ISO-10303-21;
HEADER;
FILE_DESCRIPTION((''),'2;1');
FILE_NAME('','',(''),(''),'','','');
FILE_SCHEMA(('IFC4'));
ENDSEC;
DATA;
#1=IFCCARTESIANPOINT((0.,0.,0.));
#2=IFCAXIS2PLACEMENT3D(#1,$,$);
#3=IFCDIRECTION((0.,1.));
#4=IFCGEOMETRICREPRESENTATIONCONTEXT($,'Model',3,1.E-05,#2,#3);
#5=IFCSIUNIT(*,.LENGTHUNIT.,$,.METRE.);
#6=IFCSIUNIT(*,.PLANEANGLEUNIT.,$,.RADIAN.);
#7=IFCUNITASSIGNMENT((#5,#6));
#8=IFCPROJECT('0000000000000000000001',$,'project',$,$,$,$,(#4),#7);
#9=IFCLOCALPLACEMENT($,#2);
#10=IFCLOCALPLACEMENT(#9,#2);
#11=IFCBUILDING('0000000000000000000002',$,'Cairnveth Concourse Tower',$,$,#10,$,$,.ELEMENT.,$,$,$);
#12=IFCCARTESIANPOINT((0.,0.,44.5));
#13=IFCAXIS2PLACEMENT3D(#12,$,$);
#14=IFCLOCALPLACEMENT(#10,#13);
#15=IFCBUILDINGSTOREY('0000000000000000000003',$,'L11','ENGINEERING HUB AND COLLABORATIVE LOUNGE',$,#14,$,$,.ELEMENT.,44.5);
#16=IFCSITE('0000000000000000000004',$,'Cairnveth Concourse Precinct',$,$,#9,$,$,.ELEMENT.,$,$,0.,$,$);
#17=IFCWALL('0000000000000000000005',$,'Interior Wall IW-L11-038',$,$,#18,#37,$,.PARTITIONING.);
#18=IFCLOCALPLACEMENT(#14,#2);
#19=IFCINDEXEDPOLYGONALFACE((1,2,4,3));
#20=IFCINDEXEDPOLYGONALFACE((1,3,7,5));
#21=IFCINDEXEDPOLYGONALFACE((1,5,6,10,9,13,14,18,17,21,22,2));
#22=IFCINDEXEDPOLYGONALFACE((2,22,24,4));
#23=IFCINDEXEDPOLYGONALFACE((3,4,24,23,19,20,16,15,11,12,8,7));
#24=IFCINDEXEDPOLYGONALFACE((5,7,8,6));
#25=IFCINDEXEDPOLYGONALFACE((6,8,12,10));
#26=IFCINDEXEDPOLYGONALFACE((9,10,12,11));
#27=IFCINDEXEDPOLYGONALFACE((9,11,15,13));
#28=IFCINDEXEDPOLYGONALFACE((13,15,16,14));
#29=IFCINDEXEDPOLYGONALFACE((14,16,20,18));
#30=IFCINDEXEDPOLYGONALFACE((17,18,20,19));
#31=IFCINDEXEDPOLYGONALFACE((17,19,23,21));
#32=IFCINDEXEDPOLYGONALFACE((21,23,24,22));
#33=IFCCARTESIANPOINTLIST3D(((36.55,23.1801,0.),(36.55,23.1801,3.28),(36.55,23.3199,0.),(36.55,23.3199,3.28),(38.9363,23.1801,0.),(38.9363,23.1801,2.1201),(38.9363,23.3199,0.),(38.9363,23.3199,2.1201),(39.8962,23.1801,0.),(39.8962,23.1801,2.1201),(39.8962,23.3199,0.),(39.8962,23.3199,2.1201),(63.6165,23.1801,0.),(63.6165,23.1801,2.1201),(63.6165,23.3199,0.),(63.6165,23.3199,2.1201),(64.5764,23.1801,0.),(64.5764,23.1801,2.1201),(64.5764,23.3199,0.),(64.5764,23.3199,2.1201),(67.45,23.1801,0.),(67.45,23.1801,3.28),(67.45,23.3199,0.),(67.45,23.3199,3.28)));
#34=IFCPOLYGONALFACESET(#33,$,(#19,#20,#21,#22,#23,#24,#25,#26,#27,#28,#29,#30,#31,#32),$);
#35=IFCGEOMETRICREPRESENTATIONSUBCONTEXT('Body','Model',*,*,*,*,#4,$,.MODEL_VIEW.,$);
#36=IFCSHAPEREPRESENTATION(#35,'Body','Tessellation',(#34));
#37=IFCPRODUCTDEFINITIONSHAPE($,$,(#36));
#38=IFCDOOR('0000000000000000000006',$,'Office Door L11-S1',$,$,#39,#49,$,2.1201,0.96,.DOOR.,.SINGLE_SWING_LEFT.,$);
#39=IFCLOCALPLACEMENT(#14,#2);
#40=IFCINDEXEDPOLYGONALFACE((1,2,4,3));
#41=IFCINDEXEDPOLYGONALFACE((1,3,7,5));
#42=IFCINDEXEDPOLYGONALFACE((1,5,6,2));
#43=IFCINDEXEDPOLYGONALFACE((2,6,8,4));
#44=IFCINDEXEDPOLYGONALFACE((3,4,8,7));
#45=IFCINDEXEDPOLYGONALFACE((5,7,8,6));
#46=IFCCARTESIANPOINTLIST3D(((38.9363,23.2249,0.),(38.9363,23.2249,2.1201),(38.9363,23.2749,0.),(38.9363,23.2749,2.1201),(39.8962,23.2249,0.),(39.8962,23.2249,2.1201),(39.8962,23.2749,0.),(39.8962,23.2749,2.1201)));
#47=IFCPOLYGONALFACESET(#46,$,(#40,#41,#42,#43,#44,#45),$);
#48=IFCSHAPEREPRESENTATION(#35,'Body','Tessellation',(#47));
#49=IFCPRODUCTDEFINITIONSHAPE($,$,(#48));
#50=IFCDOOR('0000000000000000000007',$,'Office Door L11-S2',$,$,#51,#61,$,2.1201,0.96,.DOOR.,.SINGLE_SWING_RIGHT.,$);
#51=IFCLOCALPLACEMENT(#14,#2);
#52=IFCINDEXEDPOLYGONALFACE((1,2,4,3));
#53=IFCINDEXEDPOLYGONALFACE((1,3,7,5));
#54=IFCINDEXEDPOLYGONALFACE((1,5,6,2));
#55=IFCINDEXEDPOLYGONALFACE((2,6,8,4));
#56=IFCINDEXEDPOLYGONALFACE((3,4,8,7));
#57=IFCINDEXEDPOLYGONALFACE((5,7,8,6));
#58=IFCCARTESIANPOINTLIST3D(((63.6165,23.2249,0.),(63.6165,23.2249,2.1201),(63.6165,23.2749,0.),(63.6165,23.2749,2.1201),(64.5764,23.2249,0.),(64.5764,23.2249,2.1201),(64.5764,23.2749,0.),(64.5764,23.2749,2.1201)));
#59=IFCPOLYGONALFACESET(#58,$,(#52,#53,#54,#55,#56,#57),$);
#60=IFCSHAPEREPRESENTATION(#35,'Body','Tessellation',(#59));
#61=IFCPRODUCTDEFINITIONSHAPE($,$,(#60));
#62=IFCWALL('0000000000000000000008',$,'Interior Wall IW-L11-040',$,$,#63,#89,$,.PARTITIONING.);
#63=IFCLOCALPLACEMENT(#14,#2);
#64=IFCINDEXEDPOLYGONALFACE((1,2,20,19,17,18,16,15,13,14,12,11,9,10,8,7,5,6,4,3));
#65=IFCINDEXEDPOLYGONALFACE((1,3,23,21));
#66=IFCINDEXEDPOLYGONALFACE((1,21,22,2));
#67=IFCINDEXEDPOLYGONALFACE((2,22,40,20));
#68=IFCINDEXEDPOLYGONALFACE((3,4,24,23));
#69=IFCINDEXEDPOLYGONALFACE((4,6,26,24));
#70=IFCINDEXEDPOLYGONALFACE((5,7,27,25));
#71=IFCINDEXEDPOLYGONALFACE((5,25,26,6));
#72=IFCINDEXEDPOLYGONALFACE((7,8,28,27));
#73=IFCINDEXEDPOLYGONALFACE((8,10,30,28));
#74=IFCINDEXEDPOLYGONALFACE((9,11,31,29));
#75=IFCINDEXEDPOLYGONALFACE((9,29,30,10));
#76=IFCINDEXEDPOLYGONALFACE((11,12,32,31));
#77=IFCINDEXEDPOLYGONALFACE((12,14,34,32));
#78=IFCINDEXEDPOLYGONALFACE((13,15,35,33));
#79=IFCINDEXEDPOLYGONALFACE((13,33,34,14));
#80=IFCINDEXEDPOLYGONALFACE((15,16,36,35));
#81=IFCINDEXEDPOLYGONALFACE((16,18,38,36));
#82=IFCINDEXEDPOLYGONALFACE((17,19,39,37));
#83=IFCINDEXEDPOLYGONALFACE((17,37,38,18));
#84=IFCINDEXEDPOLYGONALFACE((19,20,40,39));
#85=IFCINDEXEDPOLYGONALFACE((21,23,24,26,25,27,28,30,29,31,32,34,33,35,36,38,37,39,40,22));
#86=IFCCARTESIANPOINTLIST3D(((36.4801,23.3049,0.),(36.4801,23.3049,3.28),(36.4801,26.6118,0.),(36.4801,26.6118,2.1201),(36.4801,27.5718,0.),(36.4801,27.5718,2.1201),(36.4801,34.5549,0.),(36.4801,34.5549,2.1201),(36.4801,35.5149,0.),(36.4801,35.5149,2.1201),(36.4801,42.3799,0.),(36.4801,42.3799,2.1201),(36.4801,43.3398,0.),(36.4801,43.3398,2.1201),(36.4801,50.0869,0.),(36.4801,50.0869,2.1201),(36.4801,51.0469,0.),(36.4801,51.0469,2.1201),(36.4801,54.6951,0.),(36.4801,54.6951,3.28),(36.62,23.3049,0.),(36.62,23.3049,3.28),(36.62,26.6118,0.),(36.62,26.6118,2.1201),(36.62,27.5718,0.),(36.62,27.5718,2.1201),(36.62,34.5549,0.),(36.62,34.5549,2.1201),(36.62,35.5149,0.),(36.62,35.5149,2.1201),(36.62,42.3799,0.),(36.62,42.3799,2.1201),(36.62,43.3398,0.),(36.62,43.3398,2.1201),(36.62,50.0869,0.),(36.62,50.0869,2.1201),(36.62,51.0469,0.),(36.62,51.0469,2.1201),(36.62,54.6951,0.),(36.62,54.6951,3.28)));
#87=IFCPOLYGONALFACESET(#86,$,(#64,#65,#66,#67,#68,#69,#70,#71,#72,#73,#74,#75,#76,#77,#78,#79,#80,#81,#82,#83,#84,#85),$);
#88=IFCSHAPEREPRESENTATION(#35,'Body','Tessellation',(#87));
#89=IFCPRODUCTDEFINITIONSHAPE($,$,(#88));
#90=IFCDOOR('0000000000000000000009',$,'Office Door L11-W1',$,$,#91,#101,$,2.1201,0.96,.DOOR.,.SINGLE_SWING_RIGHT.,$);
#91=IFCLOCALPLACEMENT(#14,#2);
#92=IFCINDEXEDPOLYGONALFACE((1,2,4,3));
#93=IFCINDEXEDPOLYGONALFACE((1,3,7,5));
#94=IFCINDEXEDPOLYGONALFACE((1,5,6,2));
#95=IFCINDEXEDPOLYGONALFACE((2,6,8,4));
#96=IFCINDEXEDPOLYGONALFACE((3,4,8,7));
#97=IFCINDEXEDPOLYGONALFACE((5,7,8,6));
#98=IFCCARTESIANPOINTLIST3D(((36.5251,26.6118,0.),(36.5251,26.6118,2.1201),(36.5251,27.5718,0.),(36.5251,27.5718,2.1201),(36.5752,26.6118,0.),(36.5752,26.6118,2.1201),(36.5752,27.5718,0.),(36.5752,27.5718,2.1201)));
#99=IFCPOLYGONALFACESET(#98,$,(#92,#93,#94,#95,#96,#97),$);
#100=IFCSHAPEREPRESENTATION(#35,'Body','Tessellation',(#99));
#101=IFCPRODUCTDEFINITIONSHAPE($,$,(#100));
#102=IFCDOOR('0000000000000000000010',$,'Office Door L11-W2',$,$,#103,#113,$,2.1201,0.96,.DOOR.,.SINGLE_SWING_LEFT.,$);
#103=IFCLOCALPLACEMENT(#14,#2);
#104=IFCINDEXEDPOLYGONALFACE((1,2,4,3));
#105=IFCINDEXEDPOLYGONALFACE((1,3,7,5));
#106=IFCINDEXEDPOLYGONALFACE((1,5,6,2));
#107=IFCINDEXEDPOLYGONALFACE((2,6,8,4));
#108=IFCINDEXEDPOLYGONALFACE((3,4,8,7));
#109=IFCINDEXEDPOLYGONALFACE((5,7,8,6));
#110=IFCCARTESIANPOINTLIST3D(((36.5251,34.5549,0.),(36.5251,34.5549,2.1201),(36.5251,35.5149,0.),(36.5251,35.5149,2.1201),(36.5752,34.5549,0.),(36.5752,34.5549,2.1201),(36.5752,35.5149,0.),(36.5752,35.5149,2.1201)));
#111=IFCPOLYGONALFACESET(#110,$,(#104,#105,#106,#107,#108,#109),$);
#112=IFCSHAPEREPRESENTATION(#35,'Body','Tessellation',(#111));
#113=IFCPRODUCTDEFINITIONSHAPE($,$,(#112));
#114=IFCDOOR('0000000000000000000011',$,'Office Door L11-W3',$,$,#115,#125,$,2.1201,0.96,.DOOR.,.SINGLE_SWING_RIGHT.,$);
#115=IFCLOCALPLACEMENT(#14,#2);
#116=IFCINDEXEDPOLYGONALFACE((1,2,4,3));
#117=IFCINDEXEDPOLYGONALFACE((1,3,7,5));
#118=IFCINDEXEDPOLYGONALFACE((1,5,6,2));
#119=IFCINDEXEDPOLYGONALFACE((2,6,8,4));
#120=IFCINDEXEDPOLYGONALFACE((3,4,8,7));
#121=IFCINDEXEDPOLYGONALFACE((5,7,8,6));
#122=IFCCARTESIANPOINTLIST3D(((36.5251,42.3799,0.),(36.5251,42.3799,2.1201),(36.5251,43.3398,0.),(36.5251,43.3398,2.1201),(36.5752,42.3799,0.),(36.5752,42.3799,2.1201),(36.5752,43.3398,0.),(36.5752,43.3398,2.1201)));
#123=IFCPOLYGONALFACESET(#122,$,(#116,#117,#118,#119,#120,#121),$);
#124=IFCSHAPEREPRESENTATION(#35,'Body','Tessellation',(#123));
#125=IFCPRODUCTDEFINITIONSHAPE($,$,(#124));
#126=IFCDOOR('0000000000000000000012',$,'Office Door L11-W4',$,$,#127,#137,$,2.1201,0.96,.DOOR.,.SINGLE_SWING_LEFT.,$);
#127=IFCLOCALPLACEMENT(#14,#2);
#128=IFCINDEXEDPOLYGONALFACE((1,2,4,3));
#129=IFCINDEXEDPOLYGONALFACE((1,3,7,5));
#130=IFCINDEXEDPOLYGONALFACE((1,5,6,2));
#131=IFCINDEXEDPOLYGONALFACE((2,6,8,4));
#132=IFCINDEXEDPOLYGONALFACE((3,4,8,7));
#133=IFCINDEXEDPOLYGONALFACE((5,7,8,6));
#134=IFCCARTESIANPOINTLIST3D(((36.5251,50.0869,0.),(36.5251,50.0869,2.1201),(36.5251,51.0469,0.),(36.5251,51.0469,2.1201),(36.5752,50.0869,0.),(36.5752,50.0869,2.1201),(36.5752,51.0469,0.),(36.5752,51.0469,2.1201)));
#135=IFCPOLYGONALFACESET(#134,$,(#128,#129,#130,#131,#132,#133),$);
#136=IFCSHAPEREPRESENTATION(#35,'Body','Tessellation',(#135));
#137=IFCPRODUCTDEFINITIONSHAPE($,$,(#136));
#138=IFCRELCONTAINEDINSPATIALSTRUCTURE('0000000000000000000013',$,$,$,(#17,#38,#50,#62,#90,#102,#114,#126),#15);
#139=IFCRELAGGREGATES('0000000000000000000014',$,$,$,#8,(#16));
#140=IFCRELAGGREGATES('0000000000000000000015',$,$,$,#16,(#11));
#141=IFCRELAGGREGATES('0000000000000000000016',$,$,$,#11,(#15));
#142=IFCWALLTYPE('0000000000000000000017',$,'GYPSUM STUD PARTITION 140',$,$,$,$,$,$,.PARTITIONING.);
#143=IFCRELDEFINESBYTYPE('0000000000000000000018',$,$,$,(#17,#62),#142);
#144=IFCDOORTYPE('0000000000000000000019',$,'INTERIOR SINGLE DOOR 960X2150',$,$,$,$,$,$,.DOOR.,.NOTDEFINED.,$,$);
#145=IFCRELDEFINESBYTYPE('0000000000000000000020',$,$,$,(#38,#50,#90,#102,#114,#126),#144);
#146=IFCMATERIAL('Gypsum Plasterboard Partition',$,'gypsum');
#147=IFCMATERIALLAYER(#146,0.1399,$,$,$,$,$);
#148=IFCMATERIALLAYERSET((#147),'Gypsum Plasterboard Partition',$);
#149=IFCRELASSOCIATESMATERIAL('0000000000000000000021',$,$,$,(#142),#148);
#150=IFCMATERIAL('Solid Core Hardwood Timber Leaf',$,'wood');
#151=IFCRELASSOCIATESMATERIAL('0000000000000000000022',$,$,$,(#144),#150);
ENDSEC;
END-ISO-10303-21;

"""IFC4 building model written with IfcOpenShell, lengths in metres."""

from ifc_helpers import new_model, si_unit, direction, frame, frame_2d, origin, place, context, subcontext, project, spatial, rectangle, extrude, material, layer, layer_set, type_object, element, fill, save


model = new_model("IFC4")

# Units and contexts
model_context = context("Model", 3, precision=1e-05, world=origin(), true_north=direction((0.0, 1.0)))
body_context = subcontext(model_context, "Body", "Model", "MODEL_VIEW")
ifc_project = project(units=[si_unit("LENGTHUNIT", "METRE"), si_unit("PLANEANGLEUNIT", "RADIAN")], contexts=[model_context])

# Site, building, storey
site_placement = place(None, origin())
site = spatial("IfcSite", under=ifc_project, at=site_placement, Name="Cairnveth Concourse Precinct", CompositionType="ELEMENT", RefElevation=0.0)
building_placement = place(site_placement, origin())
building = spatial("IfcBuilding", under=site, at=building_placement, Name="Cairnveth Concourse Tower", CompositionType="ELEMENT")
storey_placement = place(building_placement, frame((0.0, 0.0, 44.5)))
storey = spatial("IfcBuildingStorey", under=building, at=storey_placement, Name="L11", Description="ENGINEERING HUB AND COLLABORATIVE LOUNGE", CompositionType="ELEMENT", Elevation=44.5)

# Walls, openings, doors
ifc_material_1 = material(Name="Gypsum Plasterboard Partition", Category="gypsum")
ifc_layer_1 = layer(ifc_material_1, 0.1399)
ifc_layer_set_1 = layer_set([ifc_layer_1], Name="Gypsum Plasterboard Partition")
wall_type_1 = type_object("IfcWallType", Name="GYPSUM STUD PARTITION 140", PredefinedType="PARTITIONING", material=ifc_layer_set_1)
wall_1_placement = place(storey_placement, frame((36.55, 23.25, 0.0), z_axis=(0.0, 0.0, 1.0), x_axis=(1.0, 0.0, 0.0)))
wall_1 = element("IfcWall", 1, at=wall_1_placement, inside=storey, type_object=wall_type_1, Name="Interior Wall IW-L11-038", PredefinedType="PARTITIONING", context=body_context, shape_type="SweptSolid", body=[
    extrude(rectangle(XDim=30.8999, YDim=0.1399, at=frame_2d((15.45, 0.0))), origin(), (0.0, 0.0, 1.0), 3.28),
])
opening_1_placement = place(wall_1_placement, frame((2.3862, 0.0, 0.0)))
opening_1 = element("IfcOpeningElement", 2, at=opening_1_placement, cuts=wall_1, PredefinedType="OPENING", context=body_context, shape_type="SweptSolid", body=[
    extrude(rectangle(XDim=0.96, YDim=2.1201, at=frame_2d((0.48, 1.0601))), frame((0.0, 0.0798, 0.0), z_axis=(0.0, -1.0, 0.0), x_axis=(1.0, 0.0, 0.0)), (0.0, 0.0, 1.0), 0.1599),
])
opening_2_placement = place(wall_1_placement, frame((27.0664, 0.0, 0.0)))
opening_2 = element("IfcOpeningElement", 3, at=opening_2_placement, cuts=wall_1, PredefinedType="OPENING", context=body_context, shape_type="SweptSolid", body=[
    extrude(rectangle(XDim=0.96, YDim=2.1201, at=frame_2d((0.48, 1.0601))), frame((0.0, 0.0798, 0.0), z_axis=(0.0, -1.0, 0.0), x_axis=(1.0, 0.0, 0.0)), (0.0, 0.0, 1.0), 0.1599),
])
ifc_material_2 = material(Name="Solid Core Hardwood Timber Leaf", Category="wood")
door_type_1 = type_object("IfcDoorType", Name="INTERIOR SINGLE DOOR 960X2150", OperationType="NOTDEFINED", PredefinedType="DOOR", material=ifc_material_2)
door_1_placement = place(opening_1_placement, origin())
door_1 = element("IfcDoor", 4, at=door_1_placement, inside=storey, type_object=door_type_1, Name="Office Door L11-S1", OperationType="SINGLE_SWING_LEFT", OverallHeight=2.1201, OverallWidth=0.96, PredefinedType="DOOR", context=body_context, shape_type="SweptSolid", body=[
    extrude(rectangle(XDim=0.96, YDim=2.1201, at=frame_2d((0.48, 1.0601))), frame((0.0, 0.0249, 0.0), z_axis=(0.0, -1.0, 0.0), x_axis=(1.0, 0.0, 0.0)), (0.0, 0.0, 1.0), 0.05),
])
fill(opening_1, door_1)
door_2_placement = place(opening_2_placement, origin())
door_2 = element("IfcDoor", 5, at=door_2_placement, inside=storey, type_object=door_type_1, Name="Office Door L11-S2", OperationType="SINGLE_SWING_RIGHT", OverallHeight=2.1201, OverallWidth=0.96, PredefinedType="DOOR", context=body_context, shape_type="SweptSolid", body=[
    extrude(rectangle(XDim=0.96, YDim=2.1201, at=frame_2d((0.48, 1.0601))), frame((0.0, 0.0249, 0.0), z_axis=(0.0, -1.0, 0.0), x_axis=(1.0, 0.0, 0.0)), (0.0, 0.0, 1.0), 0.05),
])
fill(opening_2, door_2)
wall_2_placement = place(storey_placement, frame((36.55, 23.3049, 0.0), z_axis=(0.0, 0.0, 1.0), x_axis=(0.0, 1.0, 0.0)))
wall_2 = element("IfcWall", 6, at=wall_2_placement, inside=storey, type_object=wall_type_1, Name="Interior Wall IW-L11-040", PredefinedType="PARTITIONING", context=body_context, shape_type="SweptSolid", body=[
    extrude(rectangle(XDim=31.3901, YDim=0.1399, at=frame_2d((15.6951, 0.0))), origin(), (0.0, 0.0, 1.0), 3.28),
])
opening_3_placement = place(wall_2_placement, frame((3.3069, 0.0, 0.0)))
opening_3 = element("IfcOpeningElement", 7, at=opening_3_placement, cuts=wall_2, PredefinedType="OPENING", context=body_context, shape_type="SweptSolid", body=[
    extrude(rectangle(XDim=0.96, YDim=2.1201, at=frame_2d((0.48, 1.0601))), frame((0.0, 0.0798, 0.0), z_axis=(0.0, -1.0, 0.0), x_axis=(1.0, 0.0, 0.0)), (0.0, 0.0, 1.0), 0.1599),
])
opening_4_placement = place(wall_2_placement, frame((11.25, 0.0, 0.0)))
opening_4 = element("IfcOpeningElement", 8, at=opening_4_placement, cuts=wall_2, PredefinedType="OPENING", context=body_context, shape_type="SweptSolid", body=[
    extrude(rectangle(XDim=0.96, YDim=2.1201, at=frame_2d((0.48, 1.0601))), frame((0.0, 0.0798, 0.0), z_axis=(0.0, -1.0, 0.0), x_axis=(1.0, 0.0, 0.0)), (0.0, 0.0, 1.0), 0.1599),
])
opening_5_placement = place(wall_2_placement, frame((19.075, 0.0, 0.0)))
opening_5 = element("IfcOpeningElement", 9, at=opening_5_placement, cuts=wall_2, PredefinedType="OPENING", context=body_context, shape_type="SweptSolid", body=[
    extrude(rectangle(XDim=0.96, YDim=2.1201, at=frame_2d((0.48, 1.0601))), frame((0.0, 0.0798, 0.0), z_axis=(0.0, -1.0, 0.0), x_axis=(1.0, 0.0, 0.0)), (0.0, 0.0, 1.0), 0.1599),
])
opening_6_placement = place(wall_2_placement, frame((26.782, 0.0, 0.0)))
opening_6 = element("IfcOpeningElement", 10, at=opening_6_placement, cuts=wall_2, PredefinedType="OPENING", context=body_context, shape_type="SweptSolid", body=[
    extrude(rectangle(XDim=0.96, YDim=2.1201, at=frame_2d((0.48, 1.0601))), frame((0.0, 0.0798, 0.0), z_axis=(0.0, -1.0, 0.0), x_axis=(1.0, 0.0, 0.0)), (0.0, 0.0, 1.0), 0.1599),
])
door_3_placement = place(opening_3_placement, origin())
door_3 = element("IfcDoor", 11, at=door_3_placement, inside=storey, type_object=door_type_1, Name="Office Door L11-W1", OperationType="SINGLE_SWING_RIGHT", OverallHeight=2.1201, OverallWidth=0.96, PredefinedType="DOOR", context=body_context, shape_type="SweptSolid", body=[
    extrude(rectangle(XDim=0.96, YDim=2.1201, at=frame_2d((0.48, 1.0601))), frame((0.0, 0.0249, 0.0), z_axis=(0.0, -1.0, 0.0), x_axis=(1.0, 0.0, 0.0)), (0.0, 0.0, 1.0), 0.05),
])
fill(opening_3, door_3)
door_4_placement = place(opening_4_placement, origin())
door_4 = element("IfcDoor", 12, at=door_4_placement, inside=storey, type_object=door_type_1, Name="Office Door L11-W2", OperationType="SINGLE_SWING_LEFT", OverallHeight=2.1201, OverallWidth=0.96, PredefinedType="DOOR", context=body_context, shape_type="SweptSolid", body=[
    extrude(rectangle(XDim=0.96, YDim=2.1201, at=frame_2d((0.48, 1.0601))), frame((0.0, 0.0249, 0.0), z_axis=(0.0, -1.0, 0.0), x_axis=(1.0, 0.0, 0.0)), (0.0, 0.0, 1.0), 0.05),
])
fill(opening_4, door_4)
door_5_placement = place(opening_5_placement, origin())
door_5 = element("IfcDoor", 13, at=door_5_placement, inside=storey, type_object=door_type_1, Name="Office Door L11-W3", OperationType="SINGLE_SWING_RIGHT", OverallHeight=2.1201, OverallWidth=0.96, PredefinedType="DOOR", context=body_context, shape_type="SweptSolid", body=[
    extrude(rectangle(XDim=0.96, YDim=2.1201, at=frame_2d((0.48, 1.0601))), frame((0.0, 0.0249, 0.0), z_axis=(0.0, -1.0, 0.0), x_axis=(1.0, 0.0, 0.0)), (0.0, 0.0, 1.0), 0.05),
])
fill(opening_5, door_5)
door_6_placement = place(opening_6_placement, origin())
door_6 = element("IfcDoor", 14, at=door_6_placement, inside=storey, type_object=door_type_1, Name="Office Door L11-W4", OperationType="SINGLE_SWING_LEFT", OverallHeight=2.1201, OverallWidth=0.96, PredefinedType="DOOR", context=body_context, shape_type="SweptSolid", body=[
    extrude(rectangle(XDim=0.96, YDim=2.1201, at=frame_2d((0.48, 1.0601))), frame((0.0, 0.0249, 0.0), z_axis=(0.0, -1.0, 0.0), x_axis=(1.0, 0.0, 0.0)), (0.0, 0.0, 1.0), 0.05),
])
fill(opening_6, door_6)

save(model, "model.ifc")
